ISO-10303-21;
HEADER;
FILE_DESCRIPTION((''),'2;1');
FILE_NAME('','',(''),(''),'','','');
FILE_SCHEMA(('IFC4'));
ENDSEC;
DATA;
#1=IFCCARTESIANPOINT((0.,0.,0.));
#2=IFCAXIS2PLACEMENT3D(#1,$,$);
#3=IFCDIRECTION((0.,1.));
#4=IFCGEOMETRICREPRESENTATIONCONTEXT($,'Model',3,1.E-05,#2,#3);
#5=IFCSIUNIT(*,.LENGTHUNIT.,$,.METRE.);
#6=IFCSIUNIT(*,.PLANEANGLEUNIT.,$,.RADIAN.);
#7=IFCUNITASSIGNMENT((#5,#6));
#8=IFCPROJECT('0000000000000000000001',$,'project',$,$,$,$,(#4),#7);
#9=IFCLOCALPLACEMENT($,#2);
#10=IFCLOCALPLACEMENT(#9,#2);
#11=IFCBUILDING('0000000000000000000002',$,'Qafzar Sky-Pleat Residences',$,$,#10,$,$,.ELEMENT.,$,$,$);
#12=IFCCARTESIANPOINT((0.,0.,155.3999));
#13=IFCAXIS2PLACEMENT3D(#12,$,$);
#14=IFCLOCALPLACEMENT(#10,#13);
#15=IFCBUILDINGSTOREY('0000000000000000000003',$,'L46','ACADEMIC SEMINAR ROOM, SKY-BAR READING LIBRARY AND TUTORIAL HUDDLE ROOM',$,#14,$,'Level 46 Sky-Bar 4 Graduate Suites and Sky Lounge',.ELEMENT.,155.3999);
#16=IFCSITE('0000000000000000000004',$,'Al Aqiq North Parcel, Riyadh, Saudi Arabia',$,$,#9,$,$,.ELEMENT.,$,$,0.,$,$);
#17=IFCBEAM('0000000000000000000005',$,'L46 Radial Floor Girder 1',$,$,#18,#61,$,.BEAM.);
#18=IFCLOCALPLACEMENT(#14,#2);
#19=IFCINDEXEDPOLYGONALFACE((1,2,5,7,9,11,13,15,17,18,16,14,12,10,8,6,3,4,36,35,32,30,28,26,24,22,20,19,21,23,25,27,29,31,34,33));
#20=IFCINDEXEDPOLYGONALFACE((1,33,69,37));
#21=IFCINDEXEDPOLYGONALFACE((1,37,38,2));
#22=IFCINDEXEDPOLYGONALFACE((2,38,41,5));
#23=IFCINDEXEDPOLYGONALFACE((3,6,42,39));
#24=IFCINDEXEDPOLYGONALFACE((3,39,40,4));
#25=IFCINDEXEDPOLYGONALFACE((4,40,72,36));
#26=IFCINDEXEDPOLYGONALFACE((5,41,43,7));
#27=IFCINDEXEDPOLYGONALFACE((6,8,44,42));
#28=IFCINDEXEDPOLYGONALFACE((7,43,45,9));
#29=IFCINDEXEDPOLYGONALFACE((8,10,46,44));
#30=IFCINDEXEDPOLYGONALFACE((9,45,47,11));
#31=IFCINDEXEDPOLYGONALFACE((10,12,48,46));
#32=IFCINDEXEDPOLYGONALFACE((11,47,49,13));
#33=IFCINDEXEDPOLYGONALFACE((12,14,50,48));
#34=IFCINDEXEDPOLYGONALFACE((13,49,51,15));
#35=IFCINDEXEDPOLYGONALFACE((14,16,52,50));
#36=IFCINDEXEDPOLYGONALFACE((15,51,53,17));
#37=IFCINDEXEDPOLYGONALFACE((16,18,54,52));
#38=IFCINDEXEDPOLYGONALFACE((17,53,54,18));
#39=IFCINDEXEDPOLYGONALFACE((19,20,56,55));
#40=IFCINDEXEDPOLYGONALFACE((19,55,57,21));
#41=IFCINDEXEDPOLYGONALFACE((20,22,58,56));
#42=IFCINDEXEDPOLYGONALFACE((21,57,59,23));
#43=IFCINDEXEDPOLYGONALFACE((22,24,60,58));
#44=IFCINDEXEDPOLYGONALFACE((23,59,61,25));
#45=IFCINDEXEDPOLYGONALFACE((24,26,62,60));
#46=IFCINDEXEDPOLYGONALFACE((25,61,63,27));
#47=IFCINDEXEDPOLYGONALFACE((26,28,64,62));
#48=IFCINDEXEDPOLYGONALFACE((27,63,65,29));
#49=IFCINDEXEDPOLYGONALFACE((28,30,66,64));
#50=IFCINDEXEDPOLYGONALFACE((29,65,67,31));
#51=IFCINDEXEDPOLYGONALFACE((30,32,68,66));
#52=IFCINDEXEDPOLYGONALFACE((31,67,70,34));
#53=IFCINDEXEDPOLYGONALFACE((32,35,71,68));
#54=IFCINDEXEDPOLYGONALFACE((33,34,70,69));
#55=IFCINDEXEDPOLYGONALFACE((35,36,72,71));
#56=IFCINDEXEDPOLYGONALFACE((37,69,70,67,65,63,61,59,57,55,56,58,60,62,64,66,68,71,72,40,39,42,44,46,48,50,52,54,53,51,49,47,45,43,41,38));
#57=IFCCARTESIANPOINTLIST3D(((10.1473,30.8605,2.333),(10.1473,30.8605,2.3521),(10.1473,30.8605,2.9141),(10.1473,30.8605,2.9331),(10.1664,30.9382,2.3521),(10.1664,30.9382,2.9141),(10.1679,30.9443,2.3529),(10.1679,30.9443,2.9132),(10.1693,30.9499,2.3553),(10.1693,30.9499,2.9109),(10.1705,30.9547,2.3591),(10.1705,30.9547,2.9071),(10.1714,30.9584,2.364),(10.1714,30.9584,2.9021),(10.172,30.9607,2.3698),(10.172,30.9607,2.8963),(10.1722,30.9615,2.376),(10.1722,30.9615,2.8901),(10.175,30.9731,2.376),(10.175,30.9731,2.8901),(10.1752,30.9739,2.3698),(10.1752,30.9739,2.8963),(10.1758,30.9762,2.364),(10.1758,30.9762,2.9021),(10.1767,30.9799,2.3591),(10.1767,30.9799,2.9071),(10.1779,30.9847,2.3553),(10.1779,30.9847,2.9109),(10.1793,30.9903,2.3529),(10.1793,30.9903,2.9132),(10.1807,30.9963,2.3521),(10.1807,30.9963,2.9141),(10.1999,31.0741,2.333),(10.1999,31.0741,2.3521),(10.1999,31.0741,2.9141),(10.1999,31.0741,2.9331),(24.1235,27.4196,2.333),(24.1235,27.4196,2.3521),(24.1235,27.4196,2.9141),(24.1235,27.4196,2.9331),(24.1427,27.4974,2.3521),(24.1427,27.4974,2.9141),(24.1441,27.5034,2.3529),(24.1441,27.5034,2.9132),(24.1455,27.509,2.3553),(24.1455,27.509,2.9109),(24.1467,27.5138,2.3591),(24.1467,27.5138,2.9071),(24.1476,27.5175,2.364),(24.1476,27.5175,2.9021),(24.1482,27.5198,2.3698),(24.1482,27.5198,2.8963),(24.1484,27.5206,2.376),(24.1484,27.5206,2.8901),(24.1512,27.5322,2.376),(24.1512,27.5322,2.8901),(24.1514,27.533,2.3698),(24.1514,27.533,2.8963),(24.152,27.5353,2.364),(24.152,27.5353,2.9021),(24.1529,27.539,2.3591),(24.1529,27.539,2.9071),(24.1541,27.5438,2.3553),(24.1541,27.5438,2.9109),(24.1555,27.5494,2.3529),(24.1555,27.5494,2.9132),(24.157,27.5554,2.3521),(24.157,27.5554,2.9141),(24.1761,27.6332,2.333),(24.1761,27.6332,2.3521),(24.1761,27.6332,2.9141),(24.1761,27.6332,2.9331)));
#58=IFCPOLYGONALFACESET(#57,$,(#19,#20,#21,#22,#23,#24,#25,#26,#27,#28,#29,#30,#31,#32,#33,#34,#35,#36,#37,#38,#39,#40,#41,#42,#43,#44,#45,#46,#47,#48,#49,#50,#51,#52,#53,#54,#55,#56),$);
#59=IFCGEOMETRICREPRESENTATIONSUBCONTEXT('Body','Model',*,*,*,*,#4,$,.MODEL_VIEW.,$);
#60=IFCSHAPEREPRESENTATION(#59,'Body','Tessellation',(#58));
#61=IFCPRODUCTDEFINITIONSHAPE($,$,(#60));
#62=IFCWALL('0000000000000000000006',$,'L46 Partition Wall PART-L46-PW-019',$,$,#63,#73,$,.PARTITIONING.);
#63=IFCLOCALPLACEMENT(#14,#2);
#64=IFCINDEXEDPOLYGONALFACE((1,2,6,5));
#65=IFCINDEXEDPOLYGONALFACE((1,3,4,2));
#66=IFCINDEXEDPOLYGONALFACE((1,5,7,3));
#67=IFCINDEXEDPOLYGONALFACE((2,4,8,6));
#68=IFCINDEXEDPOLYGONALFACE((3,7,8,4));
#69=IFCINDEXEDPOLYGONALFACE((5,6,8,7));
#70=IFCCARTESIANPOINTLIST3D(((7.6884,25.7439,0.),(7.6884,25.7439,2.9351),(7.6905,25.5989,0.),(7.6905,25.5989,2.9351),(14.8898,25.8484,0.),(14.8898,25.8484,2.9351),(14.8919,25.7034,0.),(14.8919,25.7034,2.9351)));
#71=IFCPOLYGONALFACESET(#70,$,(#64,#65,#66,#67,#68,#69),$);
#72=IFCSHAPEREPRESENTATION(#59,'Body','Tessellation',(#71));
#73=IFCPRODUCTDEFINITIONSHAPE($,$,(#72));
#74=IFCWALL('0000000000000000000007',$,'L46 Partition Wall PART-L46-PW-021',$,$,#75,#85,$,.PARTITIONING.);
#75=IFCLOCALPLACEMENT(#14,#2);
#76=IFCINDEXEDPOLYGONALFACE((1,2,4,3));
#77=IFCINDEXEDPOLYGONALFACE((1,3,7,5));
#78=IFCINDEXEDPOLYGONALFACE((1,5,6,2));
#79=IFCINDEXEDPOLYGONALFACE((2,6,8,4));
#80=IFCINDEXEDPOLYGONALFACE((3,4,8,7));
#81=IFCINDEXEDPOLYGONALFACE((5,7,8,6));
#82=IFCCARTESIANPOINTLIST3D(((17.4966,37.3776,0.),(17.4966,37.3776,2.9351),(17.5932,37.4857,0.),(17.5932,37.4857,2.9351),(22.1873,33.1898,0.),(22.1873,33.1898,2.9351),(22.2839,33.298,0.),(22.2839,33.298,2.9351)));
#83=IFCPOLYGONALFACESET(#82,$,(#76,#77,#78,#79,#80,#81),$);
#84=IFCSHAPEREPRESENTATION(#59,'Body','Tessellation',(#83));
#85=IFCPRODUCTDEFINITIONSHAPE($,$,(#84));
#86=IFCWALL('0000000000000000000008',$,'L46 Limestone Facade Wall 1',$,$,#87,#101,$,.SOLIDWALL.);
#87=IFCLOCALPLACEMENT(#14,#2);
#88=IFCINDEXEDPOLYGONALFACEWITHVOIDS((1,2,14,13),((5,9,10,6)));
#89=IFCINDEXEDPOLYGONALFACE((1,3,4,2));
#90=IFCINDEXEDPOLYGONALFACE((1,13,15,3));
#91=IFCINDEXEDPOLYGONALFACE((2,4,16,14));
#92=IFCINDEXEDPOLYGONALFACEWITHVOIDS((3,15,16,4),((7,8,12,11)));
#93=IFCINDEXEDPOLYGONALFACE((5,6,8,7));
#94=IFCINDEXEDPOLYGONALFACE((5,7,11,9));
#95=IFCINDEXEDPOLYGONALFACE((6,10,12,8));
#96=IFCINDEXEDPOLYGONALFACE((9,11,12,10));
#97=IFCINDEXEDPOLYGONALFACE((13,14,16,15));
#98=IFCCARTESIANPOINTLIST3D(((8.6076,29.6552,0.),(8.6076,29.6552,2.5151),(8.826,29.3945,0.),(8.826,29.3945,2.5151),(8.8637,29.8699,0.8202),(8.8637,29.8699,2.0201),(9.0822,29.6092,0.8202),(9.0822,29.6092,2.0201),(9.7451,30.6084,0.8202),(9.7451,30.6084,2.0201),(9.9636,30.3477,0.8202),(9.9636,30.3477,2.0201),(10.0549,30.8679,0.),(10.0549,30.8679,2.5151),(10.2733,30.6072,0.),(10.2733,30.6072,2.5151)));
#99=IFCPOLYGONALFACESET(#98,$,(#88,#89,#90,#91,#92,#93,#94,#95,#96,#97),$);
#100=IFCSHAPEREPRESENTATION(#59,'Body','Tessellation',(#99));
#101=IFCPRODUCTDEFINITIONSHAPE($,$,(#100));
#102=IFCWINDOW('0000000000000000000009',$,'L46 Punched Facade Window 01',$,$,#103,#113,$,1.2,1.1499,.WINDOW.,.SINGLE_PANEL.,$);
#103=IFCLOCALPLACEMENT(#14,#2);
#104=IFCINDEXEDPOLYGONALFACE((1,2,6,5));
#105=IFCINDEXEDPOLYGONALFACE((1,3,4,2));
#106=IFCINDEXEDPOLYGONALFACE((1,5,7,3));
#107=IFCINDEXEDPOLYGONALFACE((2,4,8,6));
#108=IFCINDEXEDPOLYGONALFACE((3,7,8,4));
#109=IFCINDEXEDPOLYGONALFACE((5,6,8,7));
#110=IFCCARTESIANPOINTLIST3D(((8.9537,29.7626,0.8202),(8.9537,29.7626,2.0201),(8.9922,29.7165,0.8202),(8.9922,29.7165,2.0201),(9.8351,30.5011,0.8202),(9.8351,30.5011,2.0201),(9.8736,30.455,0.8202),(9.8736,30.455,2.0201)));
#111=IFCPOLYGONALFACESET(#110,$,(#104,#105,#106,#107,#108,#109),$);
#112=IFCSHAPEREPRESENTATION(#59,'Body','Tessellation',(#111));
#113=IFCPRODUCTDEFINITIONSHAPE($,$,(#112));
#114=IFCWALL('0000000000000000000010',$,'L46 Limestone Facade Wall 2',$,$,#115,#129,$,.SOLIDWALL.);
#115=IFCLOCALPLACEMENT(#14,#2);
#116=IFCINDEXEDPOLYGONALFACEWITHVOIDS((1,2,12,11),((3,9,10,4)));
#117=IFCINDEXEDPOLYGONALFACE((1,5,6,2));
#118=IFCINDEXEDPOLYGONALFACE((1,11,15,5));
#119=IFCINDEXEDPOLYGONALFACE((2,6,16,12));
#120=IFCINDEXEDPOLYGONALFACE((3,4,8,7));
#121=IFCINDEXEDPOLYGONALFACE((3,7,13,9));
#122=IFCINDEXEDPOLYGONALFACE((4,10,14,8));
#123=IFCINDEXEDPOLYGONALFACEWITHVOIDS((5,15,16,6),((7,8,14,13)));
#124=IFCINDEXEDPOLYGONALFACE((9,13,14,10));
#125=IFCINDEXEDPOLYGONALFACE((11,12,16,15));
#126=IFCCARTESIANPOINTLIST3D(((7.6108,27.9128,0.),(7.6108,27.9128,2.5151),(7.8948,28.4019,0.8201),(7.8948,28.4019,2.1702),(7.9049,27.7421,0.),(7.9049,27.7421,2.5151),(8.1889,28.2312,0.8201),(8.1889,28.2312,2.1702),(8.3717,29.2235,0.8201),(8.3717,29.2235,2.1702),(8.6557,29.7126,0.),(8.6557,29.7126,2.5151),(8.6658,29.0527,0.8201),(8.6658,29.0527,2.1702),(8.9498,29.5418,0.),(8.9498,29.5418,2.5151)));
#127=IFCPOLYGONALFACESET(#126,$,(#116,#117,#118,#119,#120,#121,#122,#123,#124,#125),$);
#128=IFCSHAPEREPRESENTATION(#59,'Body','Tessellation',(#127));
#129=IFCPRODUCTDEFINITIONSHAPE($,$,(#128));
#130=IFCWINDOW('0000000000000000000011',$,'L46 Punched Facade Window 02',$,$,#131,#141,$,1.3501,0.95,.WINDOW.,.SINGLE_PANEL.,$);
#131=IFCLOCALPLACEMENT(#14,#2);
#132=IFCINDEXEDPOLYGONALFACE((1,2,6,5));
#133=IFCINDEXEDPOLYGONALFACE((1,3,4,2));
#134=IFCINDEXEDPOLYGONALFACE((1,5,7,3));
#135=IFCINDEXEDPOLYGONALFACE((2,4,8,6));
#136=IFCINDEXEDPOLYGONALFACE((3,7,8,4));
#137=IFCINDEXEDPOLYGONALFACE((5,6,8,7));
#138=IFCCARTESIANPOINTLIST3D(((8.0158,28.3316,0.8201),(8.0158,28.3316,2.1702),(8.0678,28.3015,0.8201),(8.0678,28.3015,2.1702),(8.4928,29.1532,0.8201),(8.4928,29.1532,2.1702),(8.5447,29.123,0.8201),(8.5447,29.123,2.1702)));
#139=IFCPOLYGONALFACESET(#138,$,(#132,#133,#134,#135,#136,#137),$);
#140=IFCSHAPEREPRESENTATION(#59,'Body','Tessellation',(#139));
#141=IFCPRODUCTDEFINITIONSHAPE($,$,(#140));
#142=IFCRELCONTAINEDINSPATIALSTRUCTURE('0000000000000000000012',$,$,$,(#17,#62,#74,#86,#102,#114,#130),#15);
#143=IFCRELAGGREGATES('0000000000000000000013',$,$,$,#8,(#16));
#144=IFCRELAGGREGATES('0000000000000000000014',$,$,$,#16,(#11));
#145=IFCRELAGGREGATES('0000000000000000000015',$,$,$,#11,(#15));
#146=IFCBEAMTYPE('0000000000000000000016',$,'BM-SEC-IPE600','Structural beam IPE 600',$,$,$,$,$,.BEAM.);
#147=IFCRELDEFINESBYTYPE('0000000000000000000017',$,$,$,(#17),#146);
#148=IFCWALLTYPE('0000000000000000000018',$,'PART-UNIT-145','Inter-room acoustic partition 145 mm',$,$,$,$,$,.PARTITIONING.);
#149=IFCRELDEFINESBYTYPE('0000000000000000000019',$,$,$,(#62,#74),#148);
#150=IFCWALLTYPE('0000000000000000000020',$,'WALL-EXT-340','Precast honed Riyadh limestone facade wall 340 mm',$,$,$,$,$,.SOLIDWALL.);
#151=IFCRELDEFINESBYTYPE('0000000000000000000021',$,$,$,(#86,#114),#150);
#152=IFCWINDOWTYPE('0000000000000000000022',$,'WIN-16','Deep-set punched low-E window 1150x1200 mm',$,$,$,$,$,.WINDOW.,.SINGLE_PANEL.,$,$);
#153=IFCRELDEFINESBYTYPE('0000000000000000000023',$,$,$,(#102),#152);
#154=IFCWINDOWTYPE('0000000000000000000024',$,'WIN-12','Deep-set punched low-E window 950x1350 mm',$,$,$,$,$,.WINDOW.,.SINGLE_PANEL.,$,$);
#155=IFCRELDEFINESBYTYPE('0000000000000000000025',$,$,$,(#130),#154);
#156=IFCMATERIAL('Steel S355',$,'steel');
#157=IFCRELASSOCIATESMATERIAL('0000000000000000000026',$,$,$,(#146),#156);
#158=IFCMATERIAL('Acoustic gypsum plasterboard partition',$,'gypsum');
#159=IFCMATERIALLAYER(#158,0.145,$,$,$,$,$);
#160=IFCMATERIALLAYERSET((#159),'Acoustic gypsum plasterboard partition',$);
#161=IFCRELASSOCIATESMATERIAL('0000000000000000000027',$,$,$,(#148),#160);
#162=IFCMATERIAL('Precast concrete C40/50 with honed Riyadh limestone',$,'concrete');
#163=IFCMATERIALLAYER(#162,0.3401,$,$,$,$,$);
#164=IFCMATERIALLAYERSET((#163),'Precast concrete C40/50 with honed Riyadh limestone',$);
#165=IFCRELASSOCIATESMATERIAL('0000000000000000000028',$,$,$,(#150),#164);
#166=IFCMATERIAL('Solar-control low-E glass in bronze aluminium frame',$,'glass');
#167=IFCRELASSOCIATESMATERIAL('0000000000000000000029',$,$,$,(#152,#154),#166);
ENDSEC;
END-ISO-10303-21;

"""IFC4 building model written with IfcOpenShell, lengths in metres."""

from ifc_helpers import new_model, si_unit, direction, frame, frame_2d, origin, origin_2d, place, context, subcontext, project, spatial, rectangle, i_section, extrude, source, transform, mapped, material, layer, layer_set, material_profile, profile_set, type_object, element, fill, save


model = new_model("IFC4")

# Units and contexts
model_context = context("Model", 3, precision=1e-05, world=origin(), true_north=direction((0.0, 1.0)))
body_context = subcontext(model_context, "Body", "Model", "MODEL_VIEW")
ifc_project = project(units=[si_unit("LENGTHUNIT", "METRE"), si_unit("PLANEANGLEUNIT", "RADIAN")], contexts=[model_context])

# Site, building, storey
site_placement = place(None, origin())
site = spatial("IfcSite", under=ifc_project, at=site_placement, Name="Al Aqiq North Parcel, Riyadh, Saudi Arabia", CompositionType="ELEMENT", RefElevation=0.0)
building_placement = place(site_placement, origin())
building = spatial("IfcBuilding", under=site, at=building_placement, Name="Qafzar Sky-Pleat Residences", CompositionType="ELEMENT")
storey_placement = place(building_placement, frame((0.0, 0.0, 155.3999)))
storey = spatial("IfcBuildingStorey", under=building, at=storey_placement, Name="L46", Description="ACADEMIC SEMINAR ROOM, SKY-BAR READING LIBRARY AND TUTORIAL HUDDLE ROOM", LongName="Level 46 Sky-Bar 4 Graduate Suites and Sky Lounge", CompositionType="ELEMENT", Elevation=155.3999)

# Shared definitions
ifc_material_1 = material(Name="Steel S355", Category="steel")

# Beam
ifc_material_profile_1 = material_profile(ifc_material_1, i_section(OverallWidth=0.22, OverallDepth=0.6001, WebThickness=0.012, FlangeThickness=0.019, FilletRadius=0.0239, at=origin_2d()), Name="IPE 600")
ifc_profile_set_1 = profile_set([ifc_material_profile_1], Name="Steel S355")
beam_type_1 = type_object("IfcBeamType", Name="BM-SEC-IPE600", Description="Structural beam IPE 600", PredefinedType="BEAM", material=ifc_profile_set_1)
shared_shape_1 = source(origin(), body_context, "Body", "SweptSolid", [
    extrude(i_section(OverallWidth=0.22, OverallDepth=0.6001, WebThickness=0.012, FlangeThickness=0.019, FilletRadius=0.0239, at=origin_2d()), origin(), (0.0, 0.0, 1.0), 14.3936),
])
beam_1_placement = place(storey_placement, frame((10.1736, 30.9673, 2.6331), z_axis=(0.971005, -0.239058, 0.0), x_axis=(0.239058, 0.971005, 0.0)))
element("IfcBeam", 1, at=beam_1_placement, inside=storey, type_object=beam_type_1, Name="L46 Radial Floor Girder 1", PredefinedType="BEAM", context=body_context, shape_type="MappedRepresentation", body=[
    mapped(shared_shape_1, transform((0.0, 0.0, 0.0), x_axis=(1.0, 0.0, 0.0), y_axis=(0.0, 1.0, 0.0), z_axis=(0.0, 0.0, 1.0), scale=1.0)),
])

# Walls
ifc_material_2 = material(Name="Acoustic gypsum plasterboard partition", Category="gypsum")
ifc_layer_1 = layer(ifc_material_2, 0.145)
ifc_layer_set_1 = layer_set([ifc_layer_1], Name="Acoustic gypsum plasterboard partition")
wall_type_1 = type_object("IfcWallType", Name="PART-UNIT-145", Description="Inter-room acoustic partition 145 mm", PredefinedType="PARTITIONING", material=ifc_layer_set_1)
wall_1_placement = place(storey_placement, frame((7.6895, 25.6714, 0.0), z_axis=(0.0, 0.0, 1.0), x_axis=(0.999895, 0.014508, 0.0)))
element("IfcWall", 2, at=wall_1_placement, inside=storey, type_object=wall_type_1, Name="L46 Partition Wall PART-L46-PW-019", PredefinedType="PARTITIONING", context=body_context, shape_type="SweptSolid", body=[
    extrude(rectangle(XDim=7.2021, YDim=0.145, at=frame_2d((3.6011, 0.0))), origin(), (0.0, 0.0, 1.0), 2.9351),
])
wall_2_placement = place(storey_placement, frame((17.5449, 37.4316, 0.0), z_axis=(0.0, 0.0, 1.0), x_axis=(0.745966, -0.665984, 0.0)))
element("IfcWall", 3, at=wall_2_placement, inside=storey, type_object=wall_type_1, Name="L46 Partition Wall PART-L46-PW-021", PredefinedType="PARTITIONING", context=body_context, shape_type="SweptSolid", body=[
    extrude(rectangle(XDim=6.2881, YDim=0.145, at=frame_2d((3.144, 0.0))), origin(), (0.0, 0.0, 1.0), 2.9351),
])

# Walls, openings, windows
ifc_material_3 = material(Name="Precast concrete C40/50 with honed Riyadh limestone", Category="concrete")
ifc_layer_2 = layer(ifc_material_3, 0.3401)
ifc_layer_set_2 = layer_set([ifc_layer_2], Name="Precast concrete C40/50 with honed Riyadh limestone")
wall_type_2 = type_object("IfcWallType", Name="WALL-EXT-340", Description="Precast honed Riyadh limestone facade wall 340 mm", PredefinedType="SOLIDWALL", material=ifc_layer_set_2)
wall_3_placement = place(storey_placement, frame((10.1641, 30.7375, 0.0), z_axis=(0.0, 0.0, 1.0), x_axis=(-0.766502, -0.642242, 0.0)))
wall_3 = element("IfcWall", 4, at=wall_3_placement, inside=storey, type_object=wall_type_2, Name="L46 Limestone Facade Wall 1", PredefinedType="SOLIDWALL", context=body_context, shape_type="SweptSolid", body=[
    extrude(rectangle(XDim=1.8882, YDim=0.3401, at=frame_2d((0.9441, 0.0))), origin(), (0.0, 0.0, 1.0), 2.5151),
])
opening_1_placement = place(wall_3_placement, frame((0.4041, 0.0, 0.8201)))
opening_1 = element("IfcOpeningElement", 5, at=opening_1_placement, cuts=wall_3, PredefinedType="OPENING", context=body_context, shape_type="SweptSolid", body=[
    extrude(rectangle(XDim=1.1499, YDim=1.2, at=frame_2d((0.575, 0.6001))), frame((0.0, 0.1802, 0.0), z_axis=(0.0, -1.0, 0.0), x_axis=(1.0, 0.0, 0.0)), (0.0, 0.0, 1.0), 0.3601),
])
ifc_material_4 = material(Name="Solar-control low-E glass in bronze aluminium frame", Category="glass")
window_type_1 = type_object("IfcWindowType", Name="WIN-16", Description="Deep-set punched low-E window 1150x1200 mm", PartitioningType="SINGLE_PANEL", PredefinedType="WINDOW", material=ifc_material_4)
shared_shape_2 = source(origin(), body_context, "Body", "SweptSolid", [
    extrude(rectangle(XDim=1.1499, YDim=1.2, at=frame_2d((0.575, 0.6001))), frame((0.0, 0.03, 0.0), z_axis=(0.0, -1.0, 0.0), x_axis=(1.0, 0.0, 0.0)), (0.0, 0.0, 1.0), 0.0601),
])
window_1_placement = place(opening_1_placement, origin())
window_1 = element("IfcWindow", 6, at=window_1_placement, inside=storey, type_object=window_type_1, Name="L46 Punched Facade Window 01", OverallHeight=1.2, OverallWidth=1.1499, PartitioningType="SINGLE_PANEL", PredefinedType="WINDOW", context=body_context, shape_type="MappedRepresentation", body=[
    mapped(shared_shape_2, transform((0.0, 0.0, 0.0), x_axis=(1.0, 0.0, 0.0), y_axis=(0.0, 1.0, 0.0), z_axis=(0.0, 0.0, 1.0), scale=1.0)),
])
fill(opening_1, window_1)
wall_4_placement = place(storey_placement, frame((8.8027, 29.6272, 0.0), z_axis=(0.0, 0.0, 1.0), x_axis=(-0.50209, -0.864815, 0.0)))
wall_4 = element("IfcWall", 7, at=wall_4_placement, inside=storey, type_object=wall_type_2, Name="L46 Limestone Facade Wall 2", PredefinedType="SOLIDWALL", context=body_context, shape_type="SweptSolid", body=[
    extrude(rectangle(XDim=2.0811, YDim=0.3401, at=frame_2d((1.0405, 0.0))), origin(), (0.0, 0.0, 1.0), 2.5151),
])
opening_2_placement = place(wall_4_placement, frame((0.5654, 0.0, 0.8201)))
opening_2 = element("IfcOpeningElement", 8, at=opening_2_placement, cuts=wall_4, PredefinedType="OPENING", context=body_context, shape_type="SweptSolid", body=[
    extrude(rectangle(XDim=0.95, YDim=1.3501, at=frame_2d((0.4751, 0.675))), frame((0.0, 0.1802, 0.0), z_axis=(0.0, -1.0, 0.0), x_axis=(1.0, 0.0, 0.0)), (0.0, 0.0, 1.0), 0.3601),
])
window_type_2 = type_object("IfcWindowType", Name="WIN-12", Description="Deep-set punched low-E window 950x1350 mm", PartitioningType="SINGLE_PANEL", PredefinedType="WINDOW", material=ifc_material_4)
shared_shape_3 = source(origin(), body_context, "Body", "SweptSolid", [
    extrude(rectangle(XDim=0.95, YDim=1.3501, at=frame_2d((0.4751, 0.675))), frame((0.0, 0.03, 0.0), z_axis=(0.0, -1.0, 0.0), x_axis=(1.0, 0.0, 0.0)), (0.0, 0.0, 1.0), 0.0601),
])
window_2_placement = place(opening_2_placement, origin())
window_2 = element("IfcWindow", 9, at=window_2_placement, inside=storey, type_object=window_type_2, Name="L46 Punched Facade Window 02", OverallHeight=1.3501, OverallWidth=0.95, PartitioningType="SINGLE_PANEL", PredefinedType="WINDOW", context=body_context, shape_type="MappedRepresentation", body=[
    mapped(shared_shape_3, transform((0.0, 0.0, 0.0), x_axis=(1.0, 0.0, 0.0), y_axis=(0.0, 1.0, 0.0), z_axis=(0.0, 0.0, 1.0), scale=1.0)),
])
fill(opening_2, window_2)

save(model, "model.ifc")
